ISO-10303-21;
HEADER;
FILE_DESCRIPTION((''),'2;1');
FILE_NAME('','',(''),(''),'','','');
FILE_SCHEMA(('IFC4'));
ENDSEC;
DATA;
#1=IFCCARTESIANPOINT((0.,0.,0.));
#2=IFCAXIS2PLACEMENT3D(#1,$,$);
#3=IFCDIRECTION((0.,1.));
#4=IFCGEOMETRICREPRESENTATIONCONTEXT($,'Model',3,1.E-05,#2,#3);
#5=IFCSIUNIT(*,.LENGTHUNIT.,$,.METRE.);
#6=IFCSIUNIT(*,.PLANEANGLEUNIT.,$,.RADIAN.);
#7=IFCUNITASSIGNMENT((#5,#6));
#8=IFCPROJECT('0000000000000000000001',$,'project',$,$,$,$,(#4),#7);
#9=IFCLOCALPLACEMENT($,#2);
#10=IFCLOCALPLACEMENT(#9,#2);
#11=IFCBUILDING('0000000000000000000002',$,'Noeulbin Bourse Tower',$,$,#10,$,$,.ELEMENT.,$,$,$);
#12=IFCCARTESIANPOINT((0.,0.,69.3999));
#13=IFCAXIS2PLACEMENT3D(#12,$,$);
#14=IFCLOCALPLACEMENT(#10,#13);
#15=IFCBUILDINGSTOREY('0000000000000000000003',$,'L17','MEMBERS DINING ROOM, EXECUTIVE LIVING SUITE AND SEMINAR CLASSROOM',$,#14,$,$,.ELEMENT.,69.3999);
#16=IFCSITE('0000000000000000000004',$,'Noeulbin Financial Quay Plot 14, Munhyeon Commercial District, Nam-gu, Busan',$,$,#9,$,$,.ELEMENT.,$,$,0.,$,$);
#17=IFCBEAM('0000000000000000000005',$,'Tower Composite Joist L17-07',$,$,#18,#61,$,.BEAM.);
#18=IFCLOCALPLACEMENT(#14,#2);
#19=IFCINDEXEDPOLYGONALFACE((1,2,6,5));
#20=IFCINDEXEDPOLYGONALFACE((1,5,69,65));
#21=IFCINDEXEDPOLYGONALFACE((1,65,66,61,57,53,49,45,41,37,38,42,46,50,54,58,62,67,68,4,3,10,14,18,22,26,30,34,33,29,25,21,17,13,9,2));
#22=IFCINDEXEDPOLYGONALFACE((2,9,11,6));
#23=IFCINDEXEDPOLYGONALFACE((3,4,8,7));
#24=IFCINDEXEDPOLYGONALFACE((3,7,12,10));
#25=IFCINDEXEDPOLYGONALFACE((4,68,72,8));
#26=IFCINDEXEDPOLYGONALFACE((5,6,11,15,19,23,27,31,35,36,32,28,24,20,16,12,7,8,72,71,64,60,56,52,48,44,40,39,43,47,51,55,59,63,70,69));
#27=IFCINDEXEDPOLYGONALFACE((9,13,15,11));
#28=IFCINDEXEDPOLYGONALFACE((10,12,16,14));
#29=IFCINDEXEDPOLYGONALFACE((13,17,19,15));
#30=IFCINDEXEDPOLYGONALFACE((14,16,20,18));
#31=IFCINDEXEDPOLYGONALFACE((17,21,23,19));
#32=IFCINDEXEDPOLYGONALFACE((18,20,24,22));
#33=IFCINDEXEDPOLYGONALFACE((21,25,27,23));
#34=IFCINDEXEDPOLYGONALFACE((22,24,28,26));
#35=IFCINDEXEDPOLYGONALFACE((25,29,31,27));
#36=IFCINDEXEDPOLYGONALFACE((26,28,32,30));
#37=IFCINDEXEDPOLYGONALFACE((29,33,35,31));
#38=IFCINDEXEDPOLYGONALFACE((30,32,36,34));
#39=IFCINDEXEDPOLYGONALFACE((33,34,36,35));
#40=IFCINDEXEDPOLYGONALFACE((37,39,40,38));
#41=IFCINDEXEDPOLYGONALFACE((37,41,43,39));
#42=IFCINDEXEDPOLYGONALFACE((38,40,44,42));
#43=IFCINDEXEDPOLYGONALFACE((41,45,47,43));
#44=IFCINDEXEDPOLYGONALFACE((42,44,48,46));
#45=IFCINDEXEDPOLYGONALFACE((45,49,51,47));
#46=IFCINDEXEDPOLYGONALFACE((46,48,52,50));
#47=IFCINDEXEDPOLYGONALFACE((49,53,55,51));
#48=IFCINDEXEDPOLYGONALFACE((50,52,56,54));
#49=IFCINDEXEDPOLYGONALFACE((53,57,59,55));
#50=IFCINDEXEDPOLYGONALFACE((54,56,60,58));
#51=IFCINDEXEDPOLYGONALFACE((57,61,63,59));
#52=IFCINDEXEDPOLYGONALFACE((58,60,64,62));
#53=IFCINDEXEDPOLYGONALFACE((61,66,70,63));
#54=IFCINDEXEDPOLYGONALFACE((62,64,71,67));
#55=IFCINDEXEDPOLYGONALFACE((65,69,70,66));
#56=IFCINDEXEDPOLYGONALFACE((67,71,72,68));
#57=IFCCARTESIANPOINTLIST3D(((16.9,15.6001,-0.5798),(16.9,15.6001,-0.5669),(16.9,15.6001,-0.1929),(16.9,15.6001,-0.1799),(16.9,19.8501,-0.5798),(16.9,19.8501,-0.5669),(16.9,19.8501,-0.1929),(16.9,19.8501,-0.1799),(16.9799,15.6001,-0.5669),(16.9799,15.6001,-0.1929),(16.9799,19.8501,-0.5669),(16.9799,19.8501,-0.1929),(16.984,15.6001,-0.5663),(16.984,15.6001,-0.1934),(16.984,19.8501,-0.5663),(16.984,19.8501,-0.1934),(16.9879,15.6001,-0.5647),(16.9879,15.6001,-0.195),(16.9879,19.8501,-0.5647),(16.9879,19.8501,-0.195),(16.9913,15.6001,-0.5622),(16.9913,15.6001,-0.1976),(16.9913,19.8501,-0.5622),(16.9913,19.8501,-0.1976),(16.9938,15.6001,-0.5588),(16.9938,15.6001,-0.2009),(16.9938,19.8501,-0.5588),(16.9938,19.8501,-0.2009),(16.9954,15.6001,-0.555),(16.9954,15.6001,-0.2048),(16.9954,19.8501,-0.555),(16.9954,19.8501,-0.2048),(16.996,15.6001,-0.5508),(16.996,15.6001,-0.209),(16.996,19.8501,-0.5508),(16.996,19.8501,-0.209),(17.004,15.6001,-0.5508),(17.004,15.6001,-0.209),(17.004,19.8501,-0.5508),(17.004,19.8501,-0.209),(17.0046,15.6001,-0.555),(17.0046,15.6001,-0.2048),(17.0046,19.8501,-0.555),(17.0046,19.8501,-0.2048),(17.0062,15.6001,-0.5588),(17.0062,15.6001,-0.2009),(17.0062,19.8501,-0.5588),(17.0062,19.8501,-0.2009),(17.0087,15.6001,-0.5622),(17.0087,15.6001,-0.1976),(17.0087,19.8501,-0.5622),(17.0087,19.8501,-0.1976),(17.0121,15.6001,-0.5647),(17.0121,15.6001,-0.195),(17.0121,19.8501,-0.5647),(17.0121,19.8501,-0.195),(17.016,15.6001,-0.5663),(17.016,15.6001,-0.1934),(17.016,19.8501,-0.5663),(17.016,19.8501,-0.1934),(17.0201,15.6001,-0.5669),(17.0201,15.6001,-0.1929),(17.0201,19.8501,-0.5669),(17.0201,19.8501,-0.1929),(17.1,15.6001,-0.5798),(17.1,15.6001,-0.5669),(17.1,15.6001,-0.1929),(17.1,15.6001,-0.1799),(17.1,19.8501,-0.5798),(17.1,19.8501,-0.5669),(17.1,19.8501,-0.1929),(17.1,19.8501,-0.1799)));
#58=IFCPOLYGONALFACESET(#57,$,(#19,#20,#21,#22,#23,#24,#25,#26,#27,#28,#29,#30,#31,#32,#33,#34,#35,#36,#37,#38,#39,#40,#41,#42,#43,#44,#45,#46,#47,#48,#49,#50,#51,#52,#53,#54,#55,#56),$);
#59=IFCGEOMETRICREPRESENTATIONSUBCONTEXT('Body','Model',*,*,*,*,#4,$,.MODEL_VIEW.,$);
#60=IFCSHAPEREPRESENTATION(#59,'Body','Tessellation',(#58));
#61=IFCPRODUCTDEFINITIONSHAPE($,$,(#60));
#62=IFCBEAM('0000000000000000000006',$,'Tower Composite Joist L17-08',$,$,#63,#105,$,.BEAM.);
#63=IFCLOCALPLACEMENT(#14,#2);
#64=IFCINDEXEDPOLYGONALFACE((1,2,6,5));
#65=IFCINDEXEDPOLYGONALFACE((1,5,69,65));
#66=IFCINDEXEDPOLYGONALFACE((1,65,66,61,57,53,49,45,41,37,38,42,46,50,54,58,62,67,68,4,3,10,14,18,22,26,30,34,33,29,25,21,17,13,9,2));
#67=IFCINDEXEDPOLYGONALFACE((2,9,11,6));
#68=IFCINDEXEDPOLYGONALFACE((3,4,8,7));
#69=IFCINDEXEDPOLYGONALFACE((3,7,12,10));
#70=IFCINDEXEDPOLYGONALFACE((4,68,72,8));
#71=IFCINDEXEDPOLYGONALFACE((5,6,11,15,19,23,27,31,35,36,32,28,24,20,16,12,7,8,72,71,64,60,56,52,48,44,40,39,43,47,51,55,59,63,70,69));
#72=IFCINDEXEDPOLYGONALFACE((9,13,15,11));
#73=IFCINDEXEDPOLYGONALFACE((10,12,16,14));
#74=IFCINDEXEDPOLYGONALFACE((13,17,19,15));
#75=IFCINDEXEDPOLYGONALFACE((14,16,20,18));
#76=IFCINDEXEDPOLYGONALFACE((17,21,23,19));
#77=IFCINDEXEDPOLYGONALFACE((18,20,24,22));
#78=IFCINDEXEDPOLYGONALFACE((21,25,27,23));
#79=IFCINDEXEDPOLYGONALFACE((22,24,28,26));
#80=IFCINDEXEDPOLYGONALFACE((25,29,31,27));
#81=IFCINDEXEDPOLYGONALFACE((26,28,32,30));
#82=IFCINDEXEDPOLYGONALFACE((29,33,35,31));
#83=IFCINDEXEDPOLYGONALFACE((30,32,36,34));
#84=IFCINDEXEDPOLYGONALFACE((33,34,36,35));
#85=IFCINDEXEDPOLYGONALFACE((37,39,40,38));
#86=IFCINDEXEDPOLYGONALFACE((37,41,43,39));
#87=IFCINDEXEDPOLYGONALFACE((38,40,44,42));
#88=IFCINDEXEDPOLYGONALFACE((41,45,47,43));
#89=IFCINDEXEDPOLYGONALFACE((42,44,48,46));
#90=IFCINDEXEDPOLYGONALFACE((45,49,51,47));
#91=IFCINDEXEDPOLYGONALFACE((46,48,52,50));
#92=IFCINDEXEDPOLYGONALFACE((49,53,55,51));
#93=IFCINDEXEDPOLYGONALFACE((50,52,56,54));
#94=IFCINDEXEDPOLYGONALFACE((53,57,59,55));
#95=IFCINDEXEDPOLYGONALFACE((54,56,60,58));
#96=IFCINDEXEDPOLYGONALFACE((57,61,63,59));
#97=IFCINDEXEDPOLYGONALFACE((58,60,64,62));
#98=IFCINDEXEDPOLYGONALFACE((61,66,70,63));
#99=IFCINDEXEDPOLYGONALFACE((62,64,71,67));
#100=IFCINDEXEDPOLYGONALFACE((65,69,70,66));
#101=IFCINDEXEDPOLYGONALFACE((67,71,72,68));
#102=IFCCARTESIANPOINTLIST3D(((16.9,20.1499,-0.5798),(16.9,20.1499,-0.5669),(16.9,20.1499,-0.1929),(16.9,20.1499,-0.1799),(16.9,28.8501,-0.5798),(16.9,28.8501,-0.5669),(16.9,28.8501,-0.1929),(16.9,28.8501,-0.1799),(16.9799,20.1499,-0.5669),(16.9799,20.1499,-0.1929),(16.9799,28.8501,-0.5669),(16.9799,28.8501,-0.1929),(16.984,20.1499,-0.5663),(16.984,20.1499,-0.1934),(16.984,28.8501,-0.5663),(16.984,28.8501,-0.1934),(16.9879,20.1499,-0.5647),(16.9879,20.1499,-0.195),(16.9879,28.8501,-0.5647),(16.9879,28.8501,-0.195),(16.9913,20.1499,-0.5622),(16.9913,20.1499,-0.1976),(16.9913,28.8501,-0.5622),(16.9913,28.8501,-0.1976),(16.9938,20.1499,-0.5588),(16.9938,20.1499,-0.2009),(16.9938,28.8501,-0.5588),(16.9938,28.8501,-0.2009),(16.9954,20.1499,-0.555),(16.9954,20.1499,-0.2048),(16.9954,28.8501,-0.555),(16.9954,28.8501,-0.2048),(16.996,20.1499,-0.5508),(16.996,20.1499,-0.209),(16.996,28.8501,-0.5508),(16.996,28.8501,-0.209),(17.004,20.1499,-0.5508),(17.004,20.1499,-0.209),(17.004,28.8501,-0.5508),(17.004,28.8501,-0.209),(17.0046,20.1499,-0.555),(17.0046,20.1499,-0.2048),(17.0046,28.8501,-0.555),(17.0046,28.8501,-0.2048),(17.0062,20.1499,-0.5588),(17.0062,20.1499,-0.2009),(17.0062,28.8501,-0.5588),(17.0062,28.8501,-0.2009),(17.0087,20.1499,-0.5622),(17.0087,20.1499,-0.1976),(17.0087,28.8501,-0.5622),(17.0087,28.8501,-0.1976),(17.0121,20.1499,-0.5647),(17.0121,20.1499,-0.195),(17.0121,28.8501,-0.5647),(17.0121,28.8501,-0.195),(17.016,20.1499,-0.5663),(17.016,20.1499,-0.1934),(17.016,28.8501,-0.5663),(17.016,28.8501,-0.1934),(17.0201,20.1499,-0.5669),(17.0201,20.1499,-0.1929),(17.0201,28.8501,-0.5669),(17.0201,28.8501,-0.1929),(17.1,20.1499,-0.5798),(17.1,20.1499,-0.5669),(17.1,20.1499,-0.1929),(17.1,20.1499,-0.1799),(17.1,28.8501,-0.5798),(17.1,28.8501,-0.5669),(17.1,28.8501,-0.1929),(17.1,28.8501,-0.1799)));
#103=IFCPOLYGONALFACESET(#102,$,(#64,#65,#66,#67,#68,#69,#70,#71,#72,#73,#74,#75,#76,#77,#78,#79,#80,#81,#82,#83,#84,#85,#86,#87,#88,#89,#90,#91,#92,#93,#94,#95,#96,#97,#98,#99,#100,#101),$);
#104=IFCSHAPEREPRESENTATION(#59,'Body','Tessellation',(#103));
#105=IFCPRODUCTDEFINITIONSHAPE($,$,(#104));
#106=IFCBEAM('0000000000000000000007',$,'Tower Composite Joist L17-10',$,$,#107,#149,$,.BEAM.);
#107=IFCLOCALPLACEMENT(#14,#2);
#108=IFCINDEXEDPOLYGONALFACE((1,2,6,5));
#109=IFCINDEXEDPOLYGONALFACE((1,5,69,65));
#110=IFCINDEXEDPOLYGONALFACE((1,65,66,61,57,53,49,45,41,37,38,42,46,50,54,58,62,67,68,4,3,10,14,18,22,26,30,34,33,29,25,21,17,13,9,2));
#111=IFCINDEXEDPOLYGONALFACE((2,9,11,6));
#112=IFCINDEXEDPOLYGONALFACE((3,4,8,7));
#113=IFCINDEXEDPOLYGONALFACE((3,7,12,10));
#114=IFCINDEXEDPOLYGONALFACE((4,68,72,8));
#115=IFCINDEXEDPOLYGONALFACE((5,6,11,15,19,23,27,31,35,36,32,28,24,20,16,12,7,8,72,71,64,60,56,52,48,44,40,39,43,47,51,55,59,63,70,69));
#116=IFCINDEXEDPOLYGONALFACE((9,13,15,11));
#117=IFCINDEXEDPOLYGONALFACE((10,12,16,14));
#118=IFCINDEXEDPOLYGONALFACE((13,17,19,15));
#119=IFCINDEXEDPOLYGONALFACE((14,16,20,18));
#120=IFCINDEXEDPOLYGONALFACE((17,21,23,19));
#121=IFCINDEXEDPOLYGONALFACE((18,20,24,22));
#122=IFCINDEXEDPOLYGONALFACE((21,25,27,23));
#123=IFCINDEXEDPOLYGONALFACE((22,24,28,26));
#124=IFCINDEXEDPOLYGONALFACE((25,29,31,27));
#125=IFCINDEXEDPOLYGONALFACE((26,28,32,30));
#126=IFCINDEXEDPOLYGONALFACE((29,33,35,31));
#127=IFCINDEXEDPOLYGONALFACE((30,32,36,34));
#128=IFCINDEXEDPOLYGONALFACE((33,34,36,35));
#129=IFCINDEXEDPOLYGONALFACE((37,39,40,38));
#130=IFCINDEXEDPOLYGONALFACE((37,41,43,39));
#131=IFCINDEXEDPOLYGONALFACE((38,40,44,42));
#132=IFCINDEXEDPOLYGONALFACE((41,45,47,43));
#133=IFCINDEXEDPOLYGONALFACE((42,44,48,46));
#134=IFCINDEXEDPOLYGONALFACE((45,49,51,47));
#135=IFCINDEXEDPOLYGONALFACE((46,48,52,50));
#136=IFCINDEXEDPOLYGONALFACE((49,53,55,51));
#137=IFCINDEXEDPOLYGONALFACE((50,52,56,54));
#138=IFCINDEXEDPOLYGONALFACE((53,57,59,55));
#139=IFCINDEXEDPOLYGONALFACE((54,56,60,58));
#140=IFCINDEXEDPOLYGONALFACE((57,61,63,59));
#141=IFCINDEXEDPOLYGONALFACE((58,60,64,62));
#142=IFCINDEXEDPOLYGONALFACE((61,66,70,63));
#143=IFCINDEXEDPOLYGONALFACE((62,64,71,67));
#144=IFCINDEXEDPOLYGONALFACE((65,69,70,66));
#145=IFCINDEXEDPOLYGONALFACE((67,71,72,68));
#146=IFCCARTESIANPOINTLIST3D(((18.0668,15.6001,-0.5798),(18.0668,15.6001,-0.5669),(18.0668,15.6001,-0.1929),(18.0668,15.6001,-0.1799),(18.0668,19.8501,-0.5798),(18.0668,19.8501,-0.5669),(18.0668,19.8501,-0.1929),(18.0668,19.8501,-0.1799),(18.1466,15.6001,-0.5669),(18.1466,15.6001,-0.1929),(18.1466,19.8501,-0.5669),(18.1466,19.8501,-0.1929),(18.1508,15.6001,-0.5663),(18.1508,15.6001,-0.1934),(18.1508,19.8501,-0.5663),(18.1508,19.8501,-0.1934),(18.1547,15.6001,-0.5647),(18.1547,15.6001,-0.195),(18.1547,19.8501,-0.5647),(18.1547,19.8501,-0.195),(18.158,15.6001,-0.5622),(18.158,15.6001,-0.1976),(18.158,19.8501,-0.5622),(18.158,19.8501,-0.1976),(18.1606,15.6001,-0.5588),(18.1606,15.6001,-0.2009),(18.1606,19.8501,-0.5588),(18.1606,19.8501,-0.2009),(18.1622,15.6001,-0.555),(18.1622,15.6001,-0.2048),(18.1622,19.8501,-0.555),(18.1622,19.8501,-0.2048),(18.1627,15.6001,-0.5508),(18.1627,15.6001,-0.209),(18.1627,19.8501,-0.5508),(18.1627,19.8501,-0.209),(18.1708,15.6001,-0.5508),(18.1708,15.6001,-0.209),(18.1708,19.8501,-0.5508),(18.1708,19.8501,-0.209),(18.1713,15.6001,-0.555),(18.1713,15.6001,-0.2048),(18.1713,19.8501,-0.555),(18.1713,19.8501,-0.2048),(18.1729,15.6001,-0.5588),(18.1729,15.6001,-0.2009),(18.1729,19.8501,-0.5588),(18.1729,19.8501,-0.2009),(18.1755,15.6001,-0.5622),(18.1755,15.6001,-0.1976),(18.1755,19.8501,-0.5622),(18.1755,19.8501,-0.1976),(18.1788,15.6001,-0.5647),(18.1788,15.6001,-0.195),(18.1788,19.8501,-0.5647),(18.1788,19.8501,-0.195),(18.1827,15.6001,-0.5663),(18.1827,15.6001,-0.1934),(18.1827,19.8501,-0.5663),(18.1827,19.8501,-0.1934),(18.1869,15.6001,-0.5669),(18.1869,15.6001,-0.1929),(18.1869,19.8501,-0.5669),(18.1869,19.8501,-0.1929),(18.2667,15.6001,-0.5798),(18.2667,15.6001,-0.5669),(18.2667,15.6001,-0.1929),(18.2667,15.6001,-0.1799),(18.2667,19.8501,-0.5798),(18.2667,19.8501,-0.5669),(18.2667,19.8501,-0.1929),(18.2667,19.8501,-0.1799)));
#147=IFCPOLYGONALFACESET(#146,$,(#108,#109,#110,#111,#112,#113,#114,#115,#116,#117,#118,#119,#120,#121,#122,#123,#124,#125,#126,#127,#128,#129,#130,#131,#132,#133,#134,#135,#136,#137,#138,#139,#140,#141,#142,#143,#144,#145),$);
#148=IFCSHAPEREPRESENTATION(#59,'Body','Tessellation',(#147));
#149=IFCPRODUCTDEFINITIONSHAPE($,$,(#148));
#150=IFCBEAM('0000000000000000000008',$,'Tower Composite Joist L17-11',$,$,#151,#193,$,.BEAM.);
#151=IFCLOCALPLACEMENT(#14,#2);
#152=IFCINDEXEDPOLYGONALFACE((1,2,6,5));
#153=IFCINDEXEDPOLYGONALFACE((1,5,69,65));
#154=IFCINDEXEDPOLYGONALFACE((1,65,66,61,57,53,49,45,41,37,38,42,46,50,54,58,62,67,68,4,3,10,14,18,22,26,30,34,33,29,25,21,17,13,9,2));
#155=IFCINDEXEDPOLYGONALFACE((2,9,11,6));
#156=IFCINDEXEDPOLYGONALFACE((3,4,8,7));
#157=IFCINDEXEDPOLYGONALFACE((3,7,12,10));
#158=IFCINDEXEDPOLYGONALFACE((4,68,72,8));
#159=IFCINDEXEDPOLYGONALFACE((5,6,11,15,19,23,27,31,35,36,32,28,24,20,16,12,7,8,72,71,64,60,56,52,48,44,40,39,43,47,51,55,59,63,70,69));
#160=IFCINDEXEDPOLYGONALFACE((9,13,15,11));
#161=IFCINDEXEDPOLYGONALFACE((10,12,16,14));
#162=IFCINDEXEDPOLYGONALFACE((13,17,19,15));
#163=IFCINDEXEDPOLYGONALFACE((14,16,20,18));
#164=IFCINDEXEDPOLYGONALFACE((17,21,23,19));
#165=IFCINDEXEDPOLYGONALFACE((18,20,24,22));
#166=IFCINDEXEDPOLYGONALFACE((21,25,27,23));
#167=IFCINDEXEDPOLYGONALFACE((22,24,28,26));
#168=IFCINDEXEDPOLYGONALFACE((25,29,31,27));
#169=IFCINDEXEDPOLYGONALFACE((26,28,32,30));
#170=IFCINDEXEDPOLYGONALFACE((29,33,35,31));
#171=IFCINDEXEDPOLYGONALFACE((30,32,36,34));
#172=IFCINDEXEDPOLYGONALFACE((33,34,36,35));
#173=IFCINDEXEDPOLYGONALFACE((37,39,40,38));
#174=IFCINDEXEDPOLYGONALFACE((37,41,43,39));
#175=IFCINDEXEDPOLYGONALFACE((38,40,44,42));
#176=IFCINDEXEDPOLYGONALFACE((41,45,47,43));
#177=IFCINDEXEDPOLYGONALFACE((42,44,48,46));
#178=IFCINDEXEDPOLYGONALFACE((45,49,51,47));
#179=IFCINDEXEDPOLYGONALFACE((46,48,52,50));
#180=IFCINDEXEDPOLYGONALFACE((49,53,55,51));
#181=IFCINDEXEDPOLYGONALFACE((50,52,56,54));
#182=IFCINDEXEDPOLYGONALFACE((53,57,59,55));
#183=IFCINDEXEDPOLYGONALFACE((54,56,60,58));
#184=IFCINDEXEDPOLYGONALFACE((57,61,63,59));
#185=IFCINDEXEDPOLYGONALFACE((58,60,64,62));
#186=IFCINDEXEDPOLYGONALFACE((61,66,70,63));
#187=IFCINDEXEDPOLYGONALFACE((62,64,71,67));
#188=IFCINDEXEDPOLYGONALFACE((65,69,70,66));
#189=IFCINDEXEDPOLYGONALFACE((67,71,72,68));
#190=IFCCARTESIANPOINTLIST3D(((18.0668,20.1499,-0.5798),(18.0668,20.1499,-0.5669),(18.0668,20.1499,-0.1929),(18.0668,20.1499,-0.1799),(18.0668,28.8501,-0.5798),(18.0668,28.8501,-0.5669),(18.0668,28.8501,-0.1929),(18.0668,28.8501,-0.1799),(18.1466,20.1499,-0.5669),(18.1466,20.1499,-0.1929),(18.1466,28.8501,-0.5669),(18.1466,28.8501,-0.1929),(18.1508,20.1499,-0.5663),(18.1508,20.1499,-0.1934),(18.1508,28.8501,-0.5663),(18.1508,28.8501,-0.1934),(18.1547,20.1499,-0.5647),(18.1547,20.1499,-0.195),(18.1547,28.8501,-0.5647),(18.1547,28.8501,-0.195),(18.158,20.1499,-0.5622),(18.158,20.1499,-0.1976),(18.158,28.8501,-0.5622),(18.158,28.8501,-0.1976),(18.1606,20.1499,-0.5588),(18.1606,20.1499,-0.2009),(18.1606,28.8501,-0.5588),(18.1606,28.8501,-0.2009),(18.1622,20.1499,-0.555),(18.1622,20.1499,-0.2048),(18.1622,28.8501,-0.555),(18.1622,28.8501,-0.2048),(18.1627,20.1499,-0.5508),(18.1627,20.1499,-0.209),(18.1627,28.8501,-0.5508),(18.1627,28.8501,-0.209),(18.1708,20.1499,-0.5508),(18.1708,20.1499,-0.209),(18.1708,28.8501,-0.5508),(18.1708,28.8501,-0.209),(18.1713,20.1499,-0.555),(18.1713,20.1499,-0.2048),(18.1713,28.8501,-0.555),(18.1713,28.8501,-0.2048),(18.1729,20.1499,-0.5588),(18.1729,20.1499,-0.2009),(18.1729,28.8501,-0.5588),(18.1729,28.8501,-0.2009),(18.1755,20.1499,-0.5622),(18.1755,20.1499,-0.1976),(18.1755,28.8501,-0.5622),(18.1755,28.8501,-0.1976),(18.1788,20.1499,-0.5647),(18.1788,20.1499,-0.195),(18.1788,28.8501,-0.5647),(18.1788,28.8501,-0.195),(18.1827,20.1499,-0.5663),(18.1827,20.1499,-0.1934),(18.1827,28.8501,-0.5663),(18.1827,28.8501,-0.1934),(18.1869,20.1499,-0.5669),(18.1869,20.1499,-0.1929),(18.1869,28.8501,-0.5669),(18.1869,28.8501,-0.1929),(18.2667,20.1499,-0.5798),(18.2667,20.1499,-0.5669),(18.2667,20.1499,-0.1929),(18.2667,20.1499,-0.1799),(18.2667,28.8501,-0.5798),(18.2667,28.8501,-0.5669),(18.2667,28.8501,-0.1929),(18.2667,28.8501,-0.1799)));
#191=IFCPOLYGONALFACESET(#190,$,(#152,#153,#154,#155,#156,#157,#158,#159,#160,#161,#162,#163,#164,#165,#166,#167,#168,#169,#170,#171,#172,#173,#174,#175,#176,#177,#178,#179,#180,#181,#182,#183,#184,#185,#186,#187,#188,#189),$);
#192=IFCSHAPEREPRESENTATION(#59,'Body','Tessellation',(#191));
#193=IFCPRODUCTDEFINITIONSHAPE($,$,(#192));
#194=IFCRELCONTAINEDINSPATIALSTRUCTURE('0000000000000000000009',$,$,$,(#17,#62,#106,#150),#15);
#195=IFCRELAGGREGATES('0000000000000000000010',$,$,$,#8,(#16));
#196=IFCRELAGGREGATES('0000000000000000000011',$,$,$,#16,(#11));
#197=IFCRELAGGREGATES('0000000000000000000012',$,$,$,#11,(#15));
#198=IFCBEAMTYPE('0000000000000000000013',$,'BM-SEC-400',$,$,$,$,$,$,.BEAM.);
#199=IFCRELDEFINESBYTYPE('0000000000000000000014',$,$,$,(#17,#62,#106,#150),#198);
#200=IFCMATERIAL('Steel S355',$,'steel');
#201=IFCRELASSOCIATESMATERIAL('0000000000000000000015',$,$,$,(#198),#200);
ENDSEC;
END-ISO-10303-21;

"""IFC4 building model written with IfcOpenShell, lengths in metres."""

from ifc_helpers import new_model, si_unit, direction, frame, origin, origin_2d, place, context, subcontext, project, spatial, i_section, extrude, material, material_profile, profile_set, type_object, element, save


model = new_model("IFC4")

# Units and contexts
model_context = context("Model", 3, precision=1e-05, world=origin(), true_north=direction((0.0, 1.0)))
body_context = subcontext(model_context, "Body", "Model", "MODEL_VIEW")
ifc_project = project(units=[si_unit("LENGTHUNIT", "METRE"), si_unit("PLANEANGLEUNIT", "RADIAN")], contexts=[model_context])

# Site, building, storey
site_placement = place(None, origin())
site = spatial("IfcSite", under=ifc_project, at=site_placement, Name="Noeulbin Financial Quay Plot 14, Munhyeon Commercial District, Nam-gu, Busan", CompositionType="ELEMENT", RefElevation=0.0)
building_placement = place(site_placement, origin())
building = spatial("IfcBuilding", under=site, at=building_placement, Name="Noeulbin Bourse Tower", CompositionType="ELEMENT")
storey_placement = place(building_placement, frame((0.0, 0.0, 69.3999)))
storey = spatial("IfcBuildingStorey", under=building, at=storey_placement, Name="L17", Description="MEMBERS DINING ROOM, EXECUTIVE LIVING SUITE AND SEMINAR CLASSROOM", CompositionType="ELEMENT", Elevation=69.3999)

# Beams
ifc_material_1 = material(Name="Steel S355", Category="steel")
ifc_material_profile_1 = material_profile(ifc_material_1, i_section(OverallWidth=0.2, OverallDepth=0.3999, WebThickness=0.0081, FlangeThickness=0.0129, FilletRadius=0.0161, at=origin_2d()), Name="H-400x200x8x13", Category="LoadBearing")
ifc_profile_set_1 = profile_set([ifc_material_profile_1], Name="Steel S355")
beam_type_1 = type_object("IfcBeamType", Name="BM-SEC-400", PredefinedType="BEAM", material=ifc_profile_set_1)
beam_1_placement = place(storey_placement, frame((17.0, 15.6001, -0.3799), z_axis=(0.0, 1.0, 0.0), x_axis=(-1.0, 0.0, 0.0)))
element("IfcBeam", 1, at=beam_1_placement, inside=storey, type_object=beam_type_1, Name="Tower Composite Joist L17-07", PredefinedType="BEAM", context=body_context, shape_type="SweptSolid", body=[
    extrude(i_section(OverallWidth=0.2, OverallDepth=0.3999, WebThickness=0.0081, FlangeThickness=0.0129, FilletRadius=0.0161, at=origin_2d()), origin(), (0.0, 0.0, 1.0), 4.25),
])
beam_2_placement = place(storey_placement, frame((17.0, 20.1499, -0.3799), z_axis=(0.0, 1.0, 0.0), x_axis=(-1.0, 0.0, 0.0)))
element("IfcBeam", 2, at=beam_2_placement, inside=storey, type_object=beam_type_1, Name="Tower Composite Joist L17-08", PredefinedType="BEAM", context=body_context, shape_type="SweptSolid", body=[
    extrude(i_section(OverallWidth=0.2, OverallDepth=0.3999, WebThickness=0.0081, FlangeThickness=0.0129, FilletRadius=0.0161, at=origin_2d()), origin(), (0.0, 0.0, 1.0), 8.7002),
])
beam_3_placement = place(storey_placement, frame((18.1667, 15.6001, -0.3799), z_axis=(0.0, 1.0, 0.0), x_axis=(-1.0, 0.0, 0.0)))
element("IfcBeam", 3, at=beam_3_placement, inside=storey, type_object=beam_type_1, Name="Tower Composite Joist L17-10", PredefinedType="BEAM", context=body_context, shape_type="SweptSolid", body=[
    extrude(i_section(OverallWidth=0.2, OverallDepth=0.3999, WebThickness=0.0081, FlangeThickness=0.0129, FilletRadius=0.0161, at=origin_2d()), origin(), (0.0, 0.0, 1.0), 4.25),
])
beam_4_placement = place(storey_placement, frame((18.1667, 20.1499, -0.3799), z_axis=(0.0, 1.0, 0.0), x_axis=(-1.0, 0.0, 0.0)))
element("IfcBeam", 4, at=beam_4_placement, inside=storey, type_object=beam_type_1, Name="Tower Composite Joist L17-11", PredefinedType="BEAM", context=body_context, shape_type="SweptSolid", body=[
    extrude(i_section(OverallWidth=0.2, OverallDepth=0.3999, WebThickness=0.0081, FlangeThickness=0.0129, FilletRadius=0.0161, at=origin_2d()), origin(), (0.0, 0.0, 1.0), 8.7002),
])

save(model, "model.ifc")
